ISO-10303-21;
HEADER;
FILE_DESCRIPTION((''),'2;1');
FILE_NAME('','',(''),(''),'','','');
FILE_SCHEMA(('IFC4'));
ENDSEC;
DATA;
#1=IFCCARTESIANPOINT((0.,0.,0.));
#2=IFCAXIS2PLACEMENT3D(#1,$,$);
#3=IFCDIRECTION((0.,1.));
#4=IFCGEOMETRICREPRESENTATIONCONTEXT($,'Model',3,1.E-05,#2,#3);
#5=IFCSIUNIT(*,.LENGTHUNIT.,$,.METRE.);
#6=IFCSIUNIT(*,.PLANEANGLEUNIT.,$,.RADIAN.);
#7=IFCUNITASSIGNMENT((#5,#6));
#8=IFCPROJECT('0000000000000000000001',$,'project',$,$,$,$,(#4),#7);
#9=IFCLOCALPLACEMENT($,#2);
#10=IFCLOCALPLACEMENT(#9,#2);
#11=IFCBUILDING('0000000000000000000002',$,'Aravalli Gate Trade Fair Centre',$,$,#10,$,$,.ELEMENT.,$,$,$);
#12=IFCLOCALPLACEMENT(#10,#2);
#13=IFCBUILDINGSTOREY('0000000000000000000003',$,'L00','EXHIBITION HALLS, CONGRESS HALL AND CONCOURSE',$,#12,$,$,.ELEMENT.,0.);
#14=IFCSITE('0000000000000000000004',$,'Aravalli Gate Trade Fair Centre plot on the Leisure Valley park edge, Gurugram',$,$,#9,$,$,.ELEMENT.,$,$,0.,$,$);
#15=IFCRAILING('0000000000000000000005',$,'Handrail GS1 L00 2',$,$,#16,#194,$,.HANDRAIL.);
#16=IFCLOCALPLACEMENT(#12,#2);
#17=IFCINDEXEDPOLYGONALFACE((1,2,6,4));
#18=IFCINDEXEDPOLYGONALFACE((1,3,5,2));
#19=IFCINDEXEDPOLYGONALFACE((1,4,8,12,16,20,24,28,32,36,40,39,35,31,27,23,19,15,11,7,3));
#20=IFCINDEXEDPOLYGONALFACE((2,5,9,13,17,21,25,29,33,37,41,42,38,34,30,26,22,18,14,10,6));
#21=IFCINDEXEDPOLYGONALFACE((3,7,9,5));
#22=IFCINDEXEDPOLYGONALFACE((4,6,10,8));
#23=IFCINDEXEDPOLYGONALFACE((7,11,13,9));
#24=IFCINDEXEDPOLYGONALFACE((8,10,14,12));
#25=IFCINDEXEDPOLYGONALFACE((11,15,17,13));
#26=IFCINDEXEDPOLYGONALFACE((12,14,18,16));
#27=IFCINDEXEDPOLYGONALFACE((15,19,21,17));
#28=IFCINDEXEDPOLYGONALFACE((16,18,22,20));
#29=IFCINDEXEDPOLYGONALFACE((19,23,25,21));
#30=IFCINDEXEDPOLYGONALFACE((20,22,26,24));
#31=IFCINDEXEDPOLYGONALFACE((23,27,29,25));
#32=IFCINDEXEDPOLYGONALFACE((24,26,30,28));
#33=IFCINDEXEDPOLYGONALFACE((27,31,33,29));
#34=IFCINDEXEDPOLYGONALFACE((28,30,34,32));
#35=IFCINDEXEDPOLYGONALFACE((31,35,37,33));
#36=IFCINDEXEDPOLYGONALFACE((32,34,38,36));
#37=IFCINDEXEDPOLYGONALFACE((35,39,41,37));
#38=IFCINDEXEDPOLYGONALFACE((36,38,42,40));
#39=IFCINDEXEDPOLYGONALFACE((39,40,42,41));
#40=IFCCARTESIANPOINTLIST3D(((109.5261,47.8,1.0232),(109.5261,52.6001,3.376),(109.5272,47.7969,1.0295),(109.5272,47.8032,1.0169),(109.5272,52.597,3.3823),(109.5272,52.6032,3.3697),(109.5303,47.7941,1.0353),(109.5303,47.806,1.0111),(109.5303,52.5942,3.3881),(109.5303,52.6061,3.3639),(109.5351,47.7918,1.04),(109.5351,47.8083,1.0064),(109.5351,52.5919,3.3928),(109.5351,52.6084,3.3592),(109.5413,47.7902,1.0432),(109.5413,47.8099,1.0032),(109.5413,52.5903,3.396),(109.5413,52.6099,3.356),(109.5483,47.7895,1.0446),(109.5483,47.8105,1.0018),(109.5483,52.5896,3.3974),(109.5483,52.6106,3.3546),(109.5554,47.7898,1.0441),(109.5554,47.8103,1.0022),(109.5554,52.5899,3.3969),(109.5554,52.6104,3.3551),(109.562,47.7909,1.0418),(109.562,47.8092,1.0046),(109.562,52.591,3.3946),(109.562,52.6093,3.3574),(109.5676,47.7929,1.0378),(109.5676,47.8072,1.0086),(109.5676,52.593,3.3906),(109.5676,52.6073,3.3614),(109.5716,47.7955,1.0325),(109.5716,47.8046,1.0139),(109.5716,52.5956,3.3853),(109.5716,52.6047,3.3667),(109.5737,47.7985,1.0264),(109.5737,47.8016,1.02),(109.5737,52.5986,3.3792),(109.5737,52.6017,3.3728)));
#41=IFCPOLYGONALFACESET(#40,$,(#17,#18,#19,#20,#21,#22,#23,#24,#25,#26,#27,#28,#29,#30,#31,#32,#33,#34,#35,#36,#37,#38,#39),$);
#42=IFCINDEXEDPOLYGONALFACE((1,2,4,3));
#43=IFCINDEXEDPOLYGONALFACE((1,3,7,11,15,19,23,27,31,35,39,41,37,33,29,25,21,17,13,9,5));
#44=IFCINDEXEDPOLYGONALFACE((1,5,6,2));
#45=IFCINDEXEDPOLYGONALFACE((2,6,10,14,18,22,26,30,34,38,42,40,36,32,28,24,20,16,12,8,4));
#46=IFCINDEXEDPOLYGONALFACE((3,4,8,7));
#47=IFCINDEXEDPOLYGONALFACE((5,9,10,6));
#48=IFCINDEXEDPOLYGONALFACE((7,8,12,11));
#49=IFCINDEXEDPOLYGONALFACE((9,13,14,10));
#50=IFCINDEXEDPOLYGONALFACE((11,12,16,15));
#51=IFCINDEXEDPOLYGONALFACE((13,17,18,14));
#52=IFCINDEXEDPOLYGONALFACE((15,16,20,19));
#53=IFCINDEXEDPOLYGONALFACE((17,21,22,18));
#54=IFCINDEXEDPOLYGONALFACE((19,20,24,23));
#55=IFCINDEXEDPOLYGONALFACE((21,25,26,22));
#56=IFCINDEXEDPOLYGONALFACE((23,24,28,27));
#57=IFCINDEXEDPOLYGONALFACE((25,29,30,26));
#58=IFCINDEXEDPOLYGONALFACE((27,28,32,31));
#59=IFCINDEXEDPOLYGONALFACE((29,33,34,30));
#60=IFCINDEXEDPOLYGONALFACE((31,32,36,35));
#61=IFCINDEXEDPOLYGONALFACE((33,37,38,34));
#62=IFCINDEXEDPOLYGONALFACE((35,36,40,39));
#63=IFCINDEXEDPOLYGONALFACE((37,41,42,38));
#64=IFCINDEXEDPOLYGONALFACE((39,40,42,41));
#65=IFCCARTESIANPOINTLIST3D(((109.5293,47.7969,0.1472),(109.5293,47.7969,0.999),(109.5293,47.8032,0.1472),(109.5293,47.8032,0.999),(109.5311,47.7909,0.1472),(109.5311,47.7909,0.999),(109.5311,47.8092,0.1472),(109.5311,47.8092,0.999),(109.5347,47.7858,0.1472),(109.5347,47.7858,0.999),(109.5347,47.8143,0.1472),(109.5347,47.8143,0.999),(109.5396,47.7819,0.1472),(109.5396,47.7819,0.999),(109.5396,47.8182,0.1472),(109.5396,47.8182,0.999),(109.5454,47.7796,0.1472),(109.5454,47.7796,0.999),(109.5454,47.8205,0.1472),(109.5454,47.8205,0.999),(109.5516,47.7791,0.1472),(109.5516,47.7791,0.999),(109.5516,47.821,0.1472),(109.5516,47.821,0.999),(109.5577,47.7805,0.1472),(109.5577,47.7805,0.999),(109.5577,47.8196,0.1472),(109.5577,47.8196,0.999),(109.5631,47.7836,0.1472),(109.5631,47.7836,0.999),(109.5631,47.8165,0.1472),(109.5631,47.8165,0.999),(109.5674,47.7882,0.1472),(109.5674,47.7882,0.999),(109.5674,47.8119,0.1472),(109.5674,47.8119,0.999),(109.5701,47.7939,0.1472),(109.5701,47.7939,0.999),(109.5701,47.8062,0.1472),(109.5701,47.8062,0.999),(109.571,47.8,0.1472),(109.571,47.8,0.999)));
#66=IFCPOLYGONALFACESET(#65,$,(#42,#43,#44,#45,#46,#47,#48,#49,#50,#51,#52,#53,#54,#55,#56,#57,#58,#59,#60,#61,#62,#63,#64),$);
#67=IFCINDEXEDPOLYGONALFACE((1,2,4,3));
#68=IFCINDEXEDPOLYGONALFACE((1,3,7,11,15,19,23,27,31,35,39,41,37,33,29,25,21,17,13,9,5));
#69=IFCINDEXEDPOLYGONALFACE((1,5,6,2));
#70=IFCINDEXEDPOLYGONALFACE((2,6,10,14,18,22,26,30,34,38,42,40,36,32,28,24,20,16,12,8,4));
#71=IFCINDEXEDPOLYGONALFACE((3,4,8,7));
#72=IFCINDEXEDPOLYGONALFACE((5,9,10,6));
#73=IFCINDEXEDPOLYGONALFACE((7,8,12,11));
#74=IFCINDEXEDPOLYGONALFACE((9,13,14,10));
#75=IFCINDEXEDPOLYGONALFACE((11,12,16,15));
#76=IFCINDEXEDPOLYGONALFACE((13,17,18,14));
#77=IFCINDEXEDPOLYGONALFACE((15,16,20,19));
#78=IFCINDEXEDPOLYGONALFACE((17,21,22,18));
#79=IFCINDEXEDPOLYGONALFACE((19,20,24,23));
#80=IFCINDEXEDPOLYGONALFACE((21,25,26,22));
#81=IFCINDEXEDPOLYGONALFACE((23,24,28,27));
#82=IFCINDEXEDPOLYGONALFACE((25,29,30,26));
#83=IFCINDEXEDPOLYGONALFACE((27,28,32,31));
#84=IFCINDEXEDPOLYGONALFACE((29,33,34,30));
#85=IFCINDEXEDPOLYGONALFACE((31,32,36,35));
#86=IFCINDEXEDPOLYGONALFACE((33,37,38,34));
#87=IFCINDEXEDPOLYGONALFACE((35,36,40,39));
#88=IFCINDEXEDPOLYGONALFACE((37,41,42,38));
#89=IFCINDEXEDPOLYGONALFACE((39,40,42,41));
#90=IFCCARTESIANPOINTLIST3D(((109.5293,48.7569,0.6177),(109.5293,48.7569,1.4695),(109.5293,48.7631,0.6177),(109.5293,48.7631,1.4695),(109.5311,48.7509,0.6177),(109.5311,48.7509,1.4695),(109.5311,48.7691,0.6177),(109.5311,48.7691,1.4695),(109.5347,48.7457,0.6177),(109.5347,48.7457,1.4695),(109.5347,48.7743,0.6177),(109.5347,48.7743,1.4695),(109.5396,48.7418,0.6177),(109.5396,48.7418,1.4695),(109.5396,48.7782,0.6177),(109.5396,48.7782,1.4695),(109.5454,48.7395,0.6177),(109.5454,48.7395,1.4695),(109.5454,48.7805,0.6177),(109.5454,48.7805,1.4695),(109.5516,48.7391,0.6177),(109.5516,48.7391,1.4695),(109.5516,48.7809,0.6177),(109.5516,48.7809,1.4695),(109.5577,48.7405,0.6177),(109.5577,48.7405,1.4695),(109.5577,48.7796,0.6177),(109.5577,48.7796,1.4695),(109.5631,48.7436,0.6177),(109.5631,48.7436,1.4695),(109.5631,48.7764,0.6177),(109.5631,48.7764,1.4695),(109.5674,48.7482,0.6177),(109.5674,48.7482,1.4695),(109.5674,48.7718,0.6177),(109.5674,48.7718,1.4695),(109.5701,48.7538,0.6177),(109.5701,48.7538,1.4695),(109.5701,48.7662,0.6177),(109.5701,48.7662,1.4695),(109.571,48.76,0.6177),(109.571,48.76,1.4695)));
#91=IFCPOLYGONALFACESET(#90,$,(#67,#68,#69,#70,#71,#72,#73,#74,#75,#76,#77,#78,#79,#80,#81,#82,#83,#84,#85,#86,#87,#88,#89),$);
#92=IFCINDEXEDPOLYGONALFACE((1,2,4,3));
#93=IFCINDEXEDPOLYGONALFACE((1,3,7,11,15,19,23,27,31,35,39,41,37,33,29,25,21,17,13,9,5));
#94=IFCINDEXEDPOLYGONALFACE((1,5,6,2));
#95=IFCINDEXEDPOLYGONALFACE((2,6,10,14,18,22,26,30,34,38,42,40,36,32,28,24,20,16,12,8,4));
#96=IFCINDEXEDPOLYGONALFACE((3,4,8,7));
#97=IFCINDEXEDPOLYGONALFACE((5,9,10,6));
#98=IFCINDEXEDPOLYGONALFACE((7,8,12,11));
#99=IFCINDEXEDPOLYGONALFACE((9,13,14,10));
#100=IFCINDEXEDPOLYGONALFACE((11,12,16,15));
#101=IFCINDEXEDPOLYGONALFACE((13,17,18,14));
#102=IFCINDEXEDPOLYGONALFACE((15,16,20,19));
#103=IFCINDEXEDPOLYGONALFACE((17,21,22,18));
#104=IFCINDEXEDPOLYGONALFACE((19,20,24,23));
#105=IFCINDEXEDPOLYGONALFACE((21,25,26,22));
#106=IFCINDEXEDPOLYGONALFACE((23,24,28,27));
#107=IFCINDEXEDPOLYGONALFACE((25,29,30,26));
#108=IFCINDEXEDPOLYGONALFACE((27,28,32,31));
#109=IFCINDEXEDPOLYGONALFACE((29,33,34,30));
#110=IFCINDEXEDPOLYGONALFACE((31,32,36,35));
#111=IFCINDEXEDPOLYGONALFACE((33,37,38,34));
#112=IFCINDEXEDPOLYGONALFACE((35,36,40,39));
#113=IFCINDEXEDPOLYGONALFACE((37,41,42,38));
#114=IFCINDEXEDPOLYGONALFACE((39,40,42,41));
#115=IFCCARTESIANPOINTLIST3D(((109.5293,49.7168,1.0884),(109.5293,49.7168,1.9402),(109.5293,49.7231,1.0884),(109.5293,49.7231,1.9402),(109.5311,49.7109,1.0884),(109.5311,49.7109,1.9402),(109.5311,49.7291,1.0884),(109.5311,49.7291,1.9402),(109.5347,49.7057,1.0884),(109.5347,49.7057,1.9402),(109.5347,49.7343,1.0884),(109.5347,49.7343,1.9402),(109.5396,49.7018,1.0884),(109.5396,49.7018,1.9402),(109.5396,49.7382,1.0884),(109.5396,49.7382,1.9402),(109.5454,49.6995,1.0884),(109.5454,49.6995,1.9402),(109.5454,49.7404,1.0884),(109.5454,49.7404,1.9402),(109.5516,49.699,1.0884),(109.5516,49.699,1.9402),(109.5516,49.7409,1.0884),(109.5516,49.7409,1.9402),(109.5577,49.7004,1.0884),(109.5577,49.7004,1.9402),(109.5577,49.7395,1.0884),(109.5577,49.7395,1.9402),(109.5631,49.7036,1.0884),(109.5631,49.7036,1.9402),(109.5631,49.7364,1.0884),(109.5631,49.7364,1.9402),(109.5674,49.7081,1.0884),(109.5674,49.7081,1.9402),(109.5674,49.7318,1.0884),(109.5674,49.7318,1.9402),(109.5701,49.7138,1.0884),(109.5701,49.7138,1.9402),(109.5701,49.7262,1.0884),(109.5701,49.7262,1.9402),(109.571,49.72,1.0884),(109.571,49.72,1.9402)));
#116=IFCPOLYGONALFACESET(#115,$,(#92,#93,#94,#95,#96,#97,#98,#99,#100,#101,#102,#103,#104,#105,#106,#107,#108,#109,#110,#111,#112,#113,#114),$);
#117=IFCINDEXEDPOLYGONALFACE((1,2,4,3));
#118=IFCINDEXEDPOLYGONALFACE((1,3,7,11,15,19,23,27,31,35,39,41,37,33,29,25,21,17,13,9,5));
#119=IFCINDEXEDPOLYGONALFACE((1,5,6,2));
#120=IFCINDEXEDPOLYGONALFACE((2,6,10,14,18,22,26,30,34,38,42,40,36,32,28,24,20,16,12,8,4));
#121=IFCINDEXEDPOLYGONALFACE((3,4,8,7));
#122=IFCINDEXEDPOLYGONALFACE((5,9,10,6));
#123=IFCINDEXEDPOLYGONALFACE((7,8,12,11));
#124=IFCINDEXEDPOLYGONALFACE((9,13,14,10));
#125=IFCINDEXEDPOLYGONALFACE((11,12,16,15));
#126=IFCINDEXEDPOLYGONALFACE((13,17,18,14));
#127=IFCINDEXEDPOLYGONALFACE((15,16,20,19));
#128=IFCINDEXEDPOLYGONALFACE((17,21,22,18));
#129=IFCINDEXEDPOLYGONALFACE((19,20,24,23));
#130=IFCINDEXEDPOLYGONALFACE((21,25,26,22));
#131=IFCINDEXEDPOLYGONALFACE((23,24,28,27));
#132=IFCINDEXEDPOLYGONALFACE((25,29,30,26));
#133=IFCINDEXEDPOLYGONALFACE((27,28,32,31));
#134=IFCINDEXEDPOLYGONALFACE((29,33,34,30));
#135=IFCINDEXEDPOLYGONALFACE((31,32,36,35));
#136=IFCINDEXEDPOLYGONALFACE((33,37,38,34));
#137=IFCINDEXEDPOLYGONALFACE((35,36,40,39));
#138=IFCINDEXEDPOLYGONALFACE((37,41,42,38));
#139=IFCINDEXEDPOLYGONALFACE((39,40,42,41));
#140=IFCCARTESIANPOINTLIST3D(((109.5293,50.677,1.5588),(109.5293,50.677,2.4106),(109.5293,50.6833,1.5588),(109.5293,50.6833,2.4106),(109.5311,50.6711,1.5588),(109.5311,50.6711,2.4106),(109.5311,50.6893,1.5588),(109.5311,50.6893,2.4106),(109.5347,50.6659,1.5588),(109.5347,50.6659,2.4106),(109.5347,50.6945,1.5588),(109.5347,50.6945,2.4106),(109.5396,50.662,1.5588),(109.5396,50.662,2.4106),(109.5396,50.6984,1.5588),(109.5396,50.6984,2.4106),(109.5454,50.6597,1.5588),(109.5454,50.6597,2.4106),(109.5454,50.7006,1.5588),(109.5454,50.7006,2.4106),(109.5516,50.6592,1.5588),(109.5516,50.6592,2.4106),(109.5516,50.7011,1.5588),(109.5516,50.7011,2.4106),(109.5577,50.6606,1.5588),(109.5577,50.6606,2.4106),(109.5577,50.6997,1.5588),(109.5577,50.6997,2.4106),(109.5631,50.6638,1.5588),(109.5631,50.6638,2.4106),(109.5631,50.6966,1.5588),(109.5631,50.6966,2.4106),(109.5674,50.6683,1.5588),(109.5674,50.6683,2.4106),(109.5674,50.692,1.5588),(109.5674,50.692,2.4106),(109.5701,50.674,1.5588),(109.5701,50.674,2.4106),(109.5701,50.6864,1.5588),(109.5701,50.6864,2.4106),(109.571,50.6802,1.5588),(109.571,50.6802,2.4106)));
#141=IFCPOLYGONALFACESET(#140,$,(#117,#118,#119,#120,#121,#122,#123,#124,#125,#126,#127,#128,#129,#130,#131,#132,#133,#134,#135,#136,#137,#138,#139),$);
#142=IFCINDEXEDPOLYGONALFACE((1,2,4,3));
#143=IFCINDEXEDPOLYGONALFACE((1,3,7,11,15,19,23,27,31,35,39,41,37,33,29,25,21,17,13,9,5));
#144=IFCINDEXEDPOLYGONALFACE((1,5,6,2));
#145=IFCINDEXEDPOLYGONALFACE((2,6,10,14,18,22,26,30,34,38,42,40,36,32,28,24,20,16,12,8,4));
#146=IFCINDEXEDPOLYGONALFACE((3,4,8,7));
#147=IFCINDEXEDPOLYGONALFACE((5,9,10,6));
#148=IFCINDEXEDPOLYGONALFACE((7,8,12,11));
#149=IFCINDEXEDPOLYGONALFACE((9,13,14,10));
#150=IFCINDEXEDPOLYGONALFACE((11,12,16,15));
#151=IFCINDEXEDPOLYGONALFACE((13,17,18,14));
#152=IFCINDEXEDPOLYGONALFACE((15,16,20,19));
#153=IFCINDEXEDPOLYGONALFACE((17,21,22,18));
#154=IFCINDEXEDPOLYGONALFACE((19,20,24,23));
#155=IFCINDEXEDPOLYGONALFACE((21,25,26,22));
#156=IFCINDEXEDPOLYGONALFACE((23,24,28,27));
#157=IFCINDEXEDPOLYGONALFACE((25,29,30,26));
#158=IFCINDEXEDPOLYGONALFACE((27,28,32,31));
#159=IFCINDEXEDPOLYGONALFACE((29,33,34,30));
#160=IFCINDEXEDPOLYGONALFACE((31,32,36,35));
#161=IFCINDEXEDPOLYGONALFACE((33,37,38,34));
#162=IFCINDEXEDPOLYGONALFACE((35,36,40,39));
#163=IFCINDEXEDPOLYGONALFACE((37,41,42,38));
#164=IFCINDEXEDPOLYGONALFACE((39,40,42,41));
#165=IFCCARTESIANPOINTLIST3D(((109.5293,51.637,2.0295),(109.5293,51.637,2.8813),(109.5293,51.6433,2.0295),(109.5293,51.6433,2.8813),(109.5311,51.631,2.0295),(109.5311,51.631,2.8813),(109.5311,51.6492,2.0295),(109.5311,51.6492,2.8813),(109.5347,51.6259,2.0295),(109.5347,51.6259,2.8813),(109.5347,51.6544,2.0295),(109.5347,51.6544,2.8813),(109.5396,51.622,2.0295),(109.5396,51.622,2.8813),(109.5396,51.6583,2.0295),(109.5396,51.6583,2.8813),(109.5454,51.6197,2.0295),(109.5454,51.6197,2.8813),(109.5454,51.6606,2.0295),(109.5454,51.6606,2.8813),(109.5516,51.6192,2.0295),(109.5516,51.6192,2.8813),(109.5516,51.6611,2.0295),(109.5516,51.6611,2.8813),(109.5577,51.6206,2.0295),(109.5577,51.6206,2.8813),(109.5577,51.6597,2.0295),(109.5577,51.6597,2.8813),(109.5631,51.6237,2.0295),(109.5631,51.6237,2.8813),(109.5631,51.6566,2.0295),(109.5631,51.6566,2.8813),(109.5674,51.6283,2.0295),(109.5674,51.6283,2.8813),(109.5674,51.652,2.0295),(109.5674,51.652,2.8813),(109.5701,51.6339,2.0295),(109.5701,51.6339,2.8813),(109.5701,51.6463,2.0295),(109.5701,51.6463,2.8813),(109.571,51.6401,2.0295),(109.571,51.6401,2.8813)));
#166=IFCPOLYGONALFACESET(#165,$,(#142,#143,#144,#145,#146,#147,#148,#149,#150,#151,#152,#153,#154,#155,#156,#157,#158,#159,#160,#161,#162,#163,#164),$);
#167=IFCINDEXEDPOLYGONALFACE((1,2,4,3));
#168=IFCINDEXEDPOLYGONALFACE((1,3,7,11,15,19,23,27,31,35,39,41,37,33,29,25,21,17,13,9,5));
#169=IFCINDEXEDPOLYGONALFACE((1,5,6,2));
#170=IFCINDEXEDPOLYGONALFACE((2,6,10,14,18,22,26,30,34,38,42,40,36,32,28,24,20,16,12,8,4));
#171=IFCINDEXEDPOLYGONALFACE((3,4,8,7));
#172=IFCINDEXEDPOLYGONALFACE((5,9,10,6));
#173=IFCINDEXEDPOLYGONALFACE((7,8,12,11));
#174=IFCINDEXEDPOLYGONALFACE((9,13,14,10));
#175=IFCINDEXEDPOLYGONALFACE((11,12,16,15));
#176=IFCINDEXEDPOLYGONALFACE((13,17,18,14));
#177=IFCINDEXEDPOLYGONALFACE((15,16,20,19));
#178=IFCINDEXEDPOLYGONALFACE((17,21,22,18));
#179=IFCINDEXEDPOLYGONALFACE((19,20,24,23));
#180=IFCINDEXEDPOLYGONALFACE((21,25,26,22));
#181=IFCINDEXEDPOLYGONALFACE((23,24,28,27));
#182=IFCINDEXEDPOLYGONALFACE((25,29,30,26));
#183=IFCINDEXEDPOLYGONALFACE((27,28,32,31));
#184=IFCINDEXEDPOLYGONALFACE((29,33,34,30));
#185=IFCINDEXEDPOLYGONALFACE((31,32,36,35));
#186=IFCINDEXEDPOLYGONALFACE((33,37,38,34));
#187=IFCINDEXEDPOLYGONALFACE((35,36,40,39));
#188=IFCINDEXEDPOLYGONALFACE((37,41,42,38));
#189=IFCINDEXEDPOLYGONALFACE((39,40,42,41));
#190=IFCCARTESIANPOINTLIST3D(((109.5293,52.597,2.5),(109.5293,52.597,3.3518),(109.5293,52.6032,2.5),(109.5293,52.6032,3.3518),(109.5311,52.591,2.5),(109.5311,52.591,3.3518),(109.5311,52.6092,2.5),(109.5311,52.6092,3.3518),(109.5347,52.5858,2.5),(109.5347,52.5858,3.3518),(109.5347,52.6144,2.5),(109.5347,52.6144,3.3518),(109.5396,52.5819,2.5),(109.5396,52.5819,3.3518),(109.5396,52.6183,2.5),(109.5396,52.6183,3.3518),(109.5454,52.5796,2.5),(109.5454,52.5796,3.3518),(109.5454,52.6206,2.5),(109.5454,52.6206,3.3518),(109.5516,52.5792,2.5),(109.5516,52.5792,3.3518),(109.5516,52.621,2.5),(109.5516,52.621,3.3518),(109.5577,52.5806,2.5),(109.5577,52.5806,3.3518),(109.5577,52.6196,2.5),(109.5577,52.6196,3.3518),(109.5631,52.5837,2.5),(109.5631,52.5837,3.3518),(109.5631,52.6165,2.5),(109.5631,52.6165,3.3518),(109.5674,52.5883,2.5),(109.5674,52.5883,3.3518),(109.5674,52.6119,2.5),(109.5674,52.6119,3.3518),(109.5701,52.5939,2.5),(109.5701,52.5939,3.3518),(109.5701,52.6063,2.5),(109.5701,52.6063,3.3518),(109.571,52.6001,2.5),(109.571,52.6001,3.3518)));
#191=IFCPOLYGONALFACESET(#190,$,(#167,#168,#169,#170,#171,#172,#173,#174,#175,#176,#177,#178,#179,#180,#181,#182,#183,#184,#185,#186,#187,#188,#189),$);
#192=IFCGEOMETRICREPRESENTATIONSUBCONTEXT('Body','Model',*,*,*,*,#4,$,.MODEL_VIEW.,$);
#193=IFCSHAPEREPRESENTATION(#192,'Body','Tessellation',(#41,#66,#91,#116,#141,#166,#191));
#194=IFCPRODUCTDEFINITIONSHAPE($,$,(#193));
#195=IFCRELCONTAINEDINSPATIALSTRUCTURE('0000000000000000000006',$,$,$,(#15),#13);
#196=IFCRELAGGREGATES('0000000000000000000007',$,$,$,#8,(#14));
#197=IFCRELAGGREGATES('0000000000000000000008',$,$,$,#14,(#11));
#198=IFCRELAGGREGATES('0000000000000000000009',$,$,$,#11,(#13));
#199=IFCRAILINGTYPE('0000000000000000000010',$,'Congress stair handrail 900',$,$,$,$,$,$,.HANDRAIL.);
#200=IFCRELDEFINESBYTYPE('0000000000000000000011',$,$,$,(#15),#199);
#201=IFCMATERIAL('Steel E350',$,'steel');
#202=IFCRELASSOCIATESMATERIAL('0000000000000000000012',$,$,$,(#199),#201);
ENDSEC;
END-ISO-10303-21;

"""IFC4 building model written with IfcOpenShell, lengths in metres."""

from ifc_helpers import new_model, si_unit, direction, frame, origin, origin_2d, place, context, subcontext, project, spatial, circle, extrude, material, type_object, element, save


model = new_model("IFC4")

# Units and contexts
model_context = context("Model", 3, precision=1e-05, world=origin(), true_north=direction((0.0, 1.0)))
body_context = subcontext(model_context, "Body", "Model", "MODEL_VIEW")
ifc_project = project(units=[si_unit("LENGTHUNIT", "METRE"), si_unit("PLANEANGLEUNIT", "RADIAN")], contexts=[model_context])

# Site, building, storey
site_placement = place(None, origin())
site = spatial("IfcSite", under=ifc_project, at=site_placement, Name="Aravalli Gate Trade Fair Centre plot on the Leisure Valley park edge, Gurugram", CompositionType="ELEMENT", RefElevation=0.0)
building_placement = place(site_placement, origin())
building = spatial("IfcBuilding", under=site, at=building_placement, Name="Aravalli Gate Trade Fair Centre", CompositionType="ELEMENT")
storey_placement = place(building_placement, origin())
storey = spatial("IfcBuildingStorey", under=building, at=storey_placement, Name="L00", Description="EXHIBITION HALLS, CONGRESS HALL AND CONCOURSE", CompositionType="ELEMENT", Elevation=0.0)

# Railing
ifc_material_1 = material(Name="Steel E350", Category="steel")
railing_type = type_object("IfcRailingType", Name="Congress stair handrail 900", PredefinedType="HANDRAIL", material=ifc_material_1)
for number, where, name in (
    (1, (109.55, 47.8, 0.1472), "Handrail GS1 L00 2"),
):
    element("IfcRailing", number, at=place(storey_placement, frame(where)), inside=storey, type_object=railing_type, Name=name, PredefinedType="HANDRAIL", context=body_context, shape_type="SweptSolid", body=[
        extrude(circle(Radius=0.0239, at=origin_2d()), frame((0.0, 0.0, 0.876), z_axis=(0.0, 0.897934, 0.44013), x_axis=(-1.0, 0.0, 0.0)), (0.0, 0.0, 1.0), 5.3457),
        extrude(circle(Radius=0.021, at=origin_2d()), origin(), (0.0, 0.0, 1.0), 0.8518),
        extrude(circle(Radius=0.021, at=origin_2d()), frame((0.0, 0.96, 0.4705)), (0.0, 0.0, 1.0), 0.8518),
        extrude(circle(Radius=0.021, at=origin_2d()), frame((0.0, 1.9199, 0.9412)), (0.0, 0.0, 1.0), 0.8518),
        extrude(circle(Radius=0.021, at=origin_2d()), frame((0.0, 2.8801, 1.4116)), (0.0, 0.0, 1.0), 0.8518),
        extrude(circle(Radius=0.021, at=origin_2d()), frame((0.0, 3.8401, 1.8823)), (0.0, 0.0, 1.0), 0.8518),
        extrude(circle(Radius=0.021, at=origin_2d()), frame((0.0, 4.8, 2.3528)), (0.0, 0.0, 1.0), 0.8518),
    ])

save(model, "model.ifc")
